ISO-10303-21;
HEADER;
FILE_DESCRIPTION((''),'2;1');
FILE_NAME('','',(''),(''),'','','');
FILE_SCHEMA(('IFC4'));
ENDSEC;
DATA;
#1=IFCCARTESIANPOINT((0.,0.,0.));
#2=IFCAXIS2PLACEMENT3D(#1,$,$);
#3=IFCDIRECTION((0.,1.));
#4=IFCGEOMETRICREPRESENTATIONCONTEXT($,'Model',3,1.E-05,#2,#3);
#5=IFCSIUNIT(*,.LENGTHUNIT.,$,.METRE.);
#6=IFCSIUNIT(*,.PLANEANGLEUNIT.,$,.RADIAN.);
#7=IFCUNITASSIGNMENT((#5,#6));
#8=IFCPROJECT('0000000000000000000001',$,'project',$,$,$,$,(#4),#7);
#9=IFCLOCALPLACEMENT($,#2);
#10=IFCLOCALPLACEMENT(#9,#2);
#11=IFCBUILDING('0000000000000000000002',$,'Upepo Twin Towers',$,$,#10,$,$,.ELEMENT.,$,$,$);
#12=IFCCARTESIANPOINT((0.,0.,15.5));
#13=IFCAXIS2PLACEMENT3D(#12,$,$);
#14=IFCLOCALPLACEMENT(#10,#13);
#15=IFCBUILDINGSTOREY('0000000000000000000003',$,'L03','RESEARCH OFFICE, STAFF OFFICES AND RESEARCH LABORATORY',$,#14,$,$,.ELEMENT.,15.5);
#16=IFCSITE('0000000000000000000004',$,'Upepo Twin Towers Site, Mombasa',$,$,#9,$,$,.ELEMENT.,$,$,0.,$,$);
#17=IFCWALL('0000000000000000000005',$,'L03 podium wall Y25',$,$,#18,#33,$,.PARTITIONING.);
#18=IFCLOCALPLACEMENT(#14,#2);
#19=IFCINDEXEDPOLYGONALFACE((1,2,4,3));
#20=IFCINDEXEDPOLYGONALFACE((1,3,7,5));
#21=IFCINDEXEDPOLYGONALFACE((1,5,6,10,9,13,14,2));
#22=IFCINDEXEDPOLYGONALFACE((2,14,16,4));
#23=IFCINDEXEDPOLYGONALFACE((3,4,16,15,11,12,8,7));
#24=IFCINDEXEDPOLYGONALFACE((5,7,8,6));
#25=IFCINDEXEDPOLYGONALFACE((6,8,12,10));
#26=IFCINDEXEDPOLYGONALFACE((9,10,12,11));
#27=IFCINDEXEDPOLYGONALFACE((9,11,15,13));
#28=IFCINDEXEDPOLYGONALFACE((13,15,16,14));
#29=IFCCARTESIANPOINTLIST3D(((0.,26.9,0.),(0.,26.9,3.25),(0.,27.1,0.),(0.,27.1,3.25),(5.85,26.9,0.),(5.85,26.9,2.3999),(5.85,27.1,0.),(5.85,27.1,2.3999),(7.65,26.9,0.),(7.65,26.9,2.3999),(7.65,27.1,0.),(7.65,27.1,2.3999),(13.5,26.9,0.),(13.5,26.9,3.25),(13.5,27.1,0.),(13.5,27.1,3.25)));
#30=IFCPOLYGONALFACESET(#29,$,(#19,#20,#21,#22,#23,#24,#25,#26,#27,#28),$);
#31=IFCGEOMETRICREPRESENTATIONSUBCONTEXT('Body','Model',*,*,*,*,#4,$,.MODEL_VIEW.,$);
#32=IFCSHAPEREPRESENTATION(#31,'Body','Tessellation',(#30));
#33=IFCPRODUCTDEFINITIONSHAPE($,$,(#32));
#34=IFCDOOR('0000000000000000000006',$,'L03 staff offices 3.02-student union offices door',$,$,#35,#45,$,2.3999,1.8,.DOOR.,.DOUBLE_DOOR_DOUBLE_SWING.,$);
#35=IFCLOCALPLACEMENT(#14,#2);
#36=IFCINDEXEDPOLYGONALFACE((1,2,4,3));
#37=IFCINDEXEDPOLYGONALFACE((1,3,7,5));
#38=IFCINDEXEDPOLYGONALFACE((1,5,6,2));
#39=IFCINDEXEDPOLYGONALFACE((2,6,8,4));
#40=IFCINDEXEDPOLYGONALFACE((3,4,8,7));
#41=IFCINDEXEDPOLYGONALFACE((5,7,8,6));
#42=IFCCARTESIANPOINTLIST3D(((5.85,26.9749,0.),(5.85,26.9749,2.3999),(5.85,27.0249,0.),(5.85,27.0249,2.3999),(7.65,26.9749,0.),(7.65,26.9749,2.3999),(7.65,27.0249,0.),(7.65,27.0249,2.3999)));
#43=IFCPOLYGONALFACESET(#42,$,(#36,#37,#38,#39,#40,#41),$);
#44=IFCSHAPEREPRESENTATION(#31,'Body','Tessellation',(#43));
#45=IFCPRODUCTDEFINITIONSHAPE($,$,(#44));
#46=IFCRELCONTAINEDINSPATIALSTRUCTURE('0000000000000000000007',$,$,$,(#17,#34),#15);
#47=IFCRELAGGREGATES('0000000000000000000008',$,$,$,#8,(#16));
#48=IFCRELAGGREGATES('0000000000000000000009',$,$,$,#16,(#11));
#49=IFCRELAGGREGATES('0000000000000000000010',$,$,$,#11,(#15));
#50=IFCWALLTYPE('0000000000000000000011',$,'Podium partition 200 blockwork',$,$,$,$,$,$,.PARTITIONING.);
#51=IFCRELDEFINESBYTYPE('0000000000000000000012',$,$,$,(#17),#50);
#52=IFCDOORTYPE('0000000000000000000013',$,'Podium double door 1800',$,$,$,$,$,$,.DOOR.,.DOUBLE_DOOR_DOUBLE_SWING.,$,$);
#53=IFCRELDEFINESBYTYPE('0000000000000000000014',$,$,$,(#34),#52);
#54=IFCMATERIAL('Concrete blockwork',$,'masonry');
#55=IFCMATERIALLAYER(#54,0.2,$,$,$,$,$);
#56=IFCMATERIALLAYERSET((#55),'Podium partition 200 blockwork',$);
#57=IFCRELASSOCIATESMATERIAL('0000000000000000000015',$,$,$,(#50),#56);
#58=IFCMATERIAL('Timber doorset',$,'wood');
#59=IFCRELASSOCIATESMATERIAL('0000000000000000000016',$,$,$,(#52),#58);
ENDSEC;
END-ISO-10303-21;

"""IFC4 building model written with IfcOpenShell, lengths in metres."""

from ifc_helpers import new_model, si_unit, direction, frame, frame_2d, origin, place, context, subcontext, project, spatial, rectangle, extrude, material, layer, layer_set, type_object, element, fill, save


model = new_model("IFC4")

# Units and contexts
model_context = context("Model", 3, precision=1e-05, world=origin(), true_north=direction((0.0, 1.0)))
body_context = subcontext(model_context, "Body", "Model", "MODEL_VIEW")
ifc_project = project(units=[si_unit("LENGTHUNIT", "METRE"), si_unit("PLANEANGLEUNIT", "RADIAN")], contexts=[model_context])

# Site, building, storey
site_placement = place(None, origin())
site = spatial("IfcSite", under=ifc_project, at=site_placement, Name="Upepo Twin Towers Site, Mombasa", CompositionType="ELEMENT", RefElevation=0.0)
building_placement = place(site_placement, origin())
building = spatial("IfcBuilding", under=site, at=building_placement, Name="Upepo Twin Towers", CompositionType="ELEMENT")
storey_placement = place(building_placement, frame((0.0, 0.0, 15.5)))
storey = spatial("IfcBuildingStorey", under=building, at=storey_placement, Name="L03", Description="RESEARCH OFFICE, STAFF OFFICES AND RESEARCH LABORATORY", CompositionType="ELEMENT", Elevation=15.5)

# Shared definitions
ifc_material_1 = material(Name="Concrete blockwork", Category="masonry")
ifc_layer_1 = layer(ifc_material_1, 0.2)
ifc_layer_set_1 = layer_set([ifc_layer_1], Name="Podium partition 200 blockwork")
wall_type = type_object("IfcWallType", Name="Podium partition 200 blockwork", PredefinedType="PARTITIONING", material=ifc_layer_set_1)

# Wall, opening, door
wall_1_placement = place(storey_placement, frame((0.0, 27.0, 0.0), z_axis=(0.0, 0.0, 1.0), x_axis=(1.0, 0.0, 0.0)))
wall_1 = element("IfcWall", 1, at=wall_1_placement, inside=storey, type_object=wall_type, Name="L03 podium wall Y25", PredefinedType="PARTITIONING", context=body_context, shape_type="SweptSolid", body=[
    extrude(rectangle(XDim=13.5, YDim=0.2, at=frame_2d((6.75, 0.0))), origin(), (0.0, 0.0, 1.0), 3.25),
])
opening_placement = place(wall_1_placement, frame((5.8501, 0.0, 0.0)))
opening = element("IfcOpeningElement", 2, at=opening_placement, cuts=wall_1, PredefinedType="OPENING", context=body_context, shape_type="SweptSolid", body=[
    extrude(rectangle(XDim=1.8, YDim=2.3999, at=frame_2d((0.8999, 1.2))), frame((0.0, 0.1099, 0.0), z_axis=(0.0, -1.0, 0.0), x_axis=(1.0, 0.0, 0.0)), (0.0, 0.0, 1.0), 0.22),
])
ifc_material_2 = material(Name="Timber doorset", Category="wood")
door_type = type_object("IfcDoorType", Name="Podium double door 1800", OperationType="DOUBLE_DOOR_DOUBLE_SWING", PredefinedType="DOOR", material=ifc_material_2)
door_placement = place(opening_placement, origin())
door = element("IfcDoor", 3, at=door_placement, inside=storey, type_object=door_type, Name="L03 staff offices 3.02-student union offices door", OperationType="DOUBLE_DOOR_DOUBLE_SWING", OverallHeight=2.3999, OverallWidth=1.8, PredefinedType="DOOR", context=body_context, shape_type="SweptSolid", body=[
    extrude(rectangle(XDim=1.8, YDim=2.3999, at=frame_2d((0.8999, 1.2))), frame((0.0, 0.0249, 0.0), z_axis=(0.0, -1.0, 0.0), x_axis=(1.0, 0.0, 0.0)), (0.0, 0.0, 1.0), 0.05),
])
fill(opening, door)

save(model, "model.ifc")
